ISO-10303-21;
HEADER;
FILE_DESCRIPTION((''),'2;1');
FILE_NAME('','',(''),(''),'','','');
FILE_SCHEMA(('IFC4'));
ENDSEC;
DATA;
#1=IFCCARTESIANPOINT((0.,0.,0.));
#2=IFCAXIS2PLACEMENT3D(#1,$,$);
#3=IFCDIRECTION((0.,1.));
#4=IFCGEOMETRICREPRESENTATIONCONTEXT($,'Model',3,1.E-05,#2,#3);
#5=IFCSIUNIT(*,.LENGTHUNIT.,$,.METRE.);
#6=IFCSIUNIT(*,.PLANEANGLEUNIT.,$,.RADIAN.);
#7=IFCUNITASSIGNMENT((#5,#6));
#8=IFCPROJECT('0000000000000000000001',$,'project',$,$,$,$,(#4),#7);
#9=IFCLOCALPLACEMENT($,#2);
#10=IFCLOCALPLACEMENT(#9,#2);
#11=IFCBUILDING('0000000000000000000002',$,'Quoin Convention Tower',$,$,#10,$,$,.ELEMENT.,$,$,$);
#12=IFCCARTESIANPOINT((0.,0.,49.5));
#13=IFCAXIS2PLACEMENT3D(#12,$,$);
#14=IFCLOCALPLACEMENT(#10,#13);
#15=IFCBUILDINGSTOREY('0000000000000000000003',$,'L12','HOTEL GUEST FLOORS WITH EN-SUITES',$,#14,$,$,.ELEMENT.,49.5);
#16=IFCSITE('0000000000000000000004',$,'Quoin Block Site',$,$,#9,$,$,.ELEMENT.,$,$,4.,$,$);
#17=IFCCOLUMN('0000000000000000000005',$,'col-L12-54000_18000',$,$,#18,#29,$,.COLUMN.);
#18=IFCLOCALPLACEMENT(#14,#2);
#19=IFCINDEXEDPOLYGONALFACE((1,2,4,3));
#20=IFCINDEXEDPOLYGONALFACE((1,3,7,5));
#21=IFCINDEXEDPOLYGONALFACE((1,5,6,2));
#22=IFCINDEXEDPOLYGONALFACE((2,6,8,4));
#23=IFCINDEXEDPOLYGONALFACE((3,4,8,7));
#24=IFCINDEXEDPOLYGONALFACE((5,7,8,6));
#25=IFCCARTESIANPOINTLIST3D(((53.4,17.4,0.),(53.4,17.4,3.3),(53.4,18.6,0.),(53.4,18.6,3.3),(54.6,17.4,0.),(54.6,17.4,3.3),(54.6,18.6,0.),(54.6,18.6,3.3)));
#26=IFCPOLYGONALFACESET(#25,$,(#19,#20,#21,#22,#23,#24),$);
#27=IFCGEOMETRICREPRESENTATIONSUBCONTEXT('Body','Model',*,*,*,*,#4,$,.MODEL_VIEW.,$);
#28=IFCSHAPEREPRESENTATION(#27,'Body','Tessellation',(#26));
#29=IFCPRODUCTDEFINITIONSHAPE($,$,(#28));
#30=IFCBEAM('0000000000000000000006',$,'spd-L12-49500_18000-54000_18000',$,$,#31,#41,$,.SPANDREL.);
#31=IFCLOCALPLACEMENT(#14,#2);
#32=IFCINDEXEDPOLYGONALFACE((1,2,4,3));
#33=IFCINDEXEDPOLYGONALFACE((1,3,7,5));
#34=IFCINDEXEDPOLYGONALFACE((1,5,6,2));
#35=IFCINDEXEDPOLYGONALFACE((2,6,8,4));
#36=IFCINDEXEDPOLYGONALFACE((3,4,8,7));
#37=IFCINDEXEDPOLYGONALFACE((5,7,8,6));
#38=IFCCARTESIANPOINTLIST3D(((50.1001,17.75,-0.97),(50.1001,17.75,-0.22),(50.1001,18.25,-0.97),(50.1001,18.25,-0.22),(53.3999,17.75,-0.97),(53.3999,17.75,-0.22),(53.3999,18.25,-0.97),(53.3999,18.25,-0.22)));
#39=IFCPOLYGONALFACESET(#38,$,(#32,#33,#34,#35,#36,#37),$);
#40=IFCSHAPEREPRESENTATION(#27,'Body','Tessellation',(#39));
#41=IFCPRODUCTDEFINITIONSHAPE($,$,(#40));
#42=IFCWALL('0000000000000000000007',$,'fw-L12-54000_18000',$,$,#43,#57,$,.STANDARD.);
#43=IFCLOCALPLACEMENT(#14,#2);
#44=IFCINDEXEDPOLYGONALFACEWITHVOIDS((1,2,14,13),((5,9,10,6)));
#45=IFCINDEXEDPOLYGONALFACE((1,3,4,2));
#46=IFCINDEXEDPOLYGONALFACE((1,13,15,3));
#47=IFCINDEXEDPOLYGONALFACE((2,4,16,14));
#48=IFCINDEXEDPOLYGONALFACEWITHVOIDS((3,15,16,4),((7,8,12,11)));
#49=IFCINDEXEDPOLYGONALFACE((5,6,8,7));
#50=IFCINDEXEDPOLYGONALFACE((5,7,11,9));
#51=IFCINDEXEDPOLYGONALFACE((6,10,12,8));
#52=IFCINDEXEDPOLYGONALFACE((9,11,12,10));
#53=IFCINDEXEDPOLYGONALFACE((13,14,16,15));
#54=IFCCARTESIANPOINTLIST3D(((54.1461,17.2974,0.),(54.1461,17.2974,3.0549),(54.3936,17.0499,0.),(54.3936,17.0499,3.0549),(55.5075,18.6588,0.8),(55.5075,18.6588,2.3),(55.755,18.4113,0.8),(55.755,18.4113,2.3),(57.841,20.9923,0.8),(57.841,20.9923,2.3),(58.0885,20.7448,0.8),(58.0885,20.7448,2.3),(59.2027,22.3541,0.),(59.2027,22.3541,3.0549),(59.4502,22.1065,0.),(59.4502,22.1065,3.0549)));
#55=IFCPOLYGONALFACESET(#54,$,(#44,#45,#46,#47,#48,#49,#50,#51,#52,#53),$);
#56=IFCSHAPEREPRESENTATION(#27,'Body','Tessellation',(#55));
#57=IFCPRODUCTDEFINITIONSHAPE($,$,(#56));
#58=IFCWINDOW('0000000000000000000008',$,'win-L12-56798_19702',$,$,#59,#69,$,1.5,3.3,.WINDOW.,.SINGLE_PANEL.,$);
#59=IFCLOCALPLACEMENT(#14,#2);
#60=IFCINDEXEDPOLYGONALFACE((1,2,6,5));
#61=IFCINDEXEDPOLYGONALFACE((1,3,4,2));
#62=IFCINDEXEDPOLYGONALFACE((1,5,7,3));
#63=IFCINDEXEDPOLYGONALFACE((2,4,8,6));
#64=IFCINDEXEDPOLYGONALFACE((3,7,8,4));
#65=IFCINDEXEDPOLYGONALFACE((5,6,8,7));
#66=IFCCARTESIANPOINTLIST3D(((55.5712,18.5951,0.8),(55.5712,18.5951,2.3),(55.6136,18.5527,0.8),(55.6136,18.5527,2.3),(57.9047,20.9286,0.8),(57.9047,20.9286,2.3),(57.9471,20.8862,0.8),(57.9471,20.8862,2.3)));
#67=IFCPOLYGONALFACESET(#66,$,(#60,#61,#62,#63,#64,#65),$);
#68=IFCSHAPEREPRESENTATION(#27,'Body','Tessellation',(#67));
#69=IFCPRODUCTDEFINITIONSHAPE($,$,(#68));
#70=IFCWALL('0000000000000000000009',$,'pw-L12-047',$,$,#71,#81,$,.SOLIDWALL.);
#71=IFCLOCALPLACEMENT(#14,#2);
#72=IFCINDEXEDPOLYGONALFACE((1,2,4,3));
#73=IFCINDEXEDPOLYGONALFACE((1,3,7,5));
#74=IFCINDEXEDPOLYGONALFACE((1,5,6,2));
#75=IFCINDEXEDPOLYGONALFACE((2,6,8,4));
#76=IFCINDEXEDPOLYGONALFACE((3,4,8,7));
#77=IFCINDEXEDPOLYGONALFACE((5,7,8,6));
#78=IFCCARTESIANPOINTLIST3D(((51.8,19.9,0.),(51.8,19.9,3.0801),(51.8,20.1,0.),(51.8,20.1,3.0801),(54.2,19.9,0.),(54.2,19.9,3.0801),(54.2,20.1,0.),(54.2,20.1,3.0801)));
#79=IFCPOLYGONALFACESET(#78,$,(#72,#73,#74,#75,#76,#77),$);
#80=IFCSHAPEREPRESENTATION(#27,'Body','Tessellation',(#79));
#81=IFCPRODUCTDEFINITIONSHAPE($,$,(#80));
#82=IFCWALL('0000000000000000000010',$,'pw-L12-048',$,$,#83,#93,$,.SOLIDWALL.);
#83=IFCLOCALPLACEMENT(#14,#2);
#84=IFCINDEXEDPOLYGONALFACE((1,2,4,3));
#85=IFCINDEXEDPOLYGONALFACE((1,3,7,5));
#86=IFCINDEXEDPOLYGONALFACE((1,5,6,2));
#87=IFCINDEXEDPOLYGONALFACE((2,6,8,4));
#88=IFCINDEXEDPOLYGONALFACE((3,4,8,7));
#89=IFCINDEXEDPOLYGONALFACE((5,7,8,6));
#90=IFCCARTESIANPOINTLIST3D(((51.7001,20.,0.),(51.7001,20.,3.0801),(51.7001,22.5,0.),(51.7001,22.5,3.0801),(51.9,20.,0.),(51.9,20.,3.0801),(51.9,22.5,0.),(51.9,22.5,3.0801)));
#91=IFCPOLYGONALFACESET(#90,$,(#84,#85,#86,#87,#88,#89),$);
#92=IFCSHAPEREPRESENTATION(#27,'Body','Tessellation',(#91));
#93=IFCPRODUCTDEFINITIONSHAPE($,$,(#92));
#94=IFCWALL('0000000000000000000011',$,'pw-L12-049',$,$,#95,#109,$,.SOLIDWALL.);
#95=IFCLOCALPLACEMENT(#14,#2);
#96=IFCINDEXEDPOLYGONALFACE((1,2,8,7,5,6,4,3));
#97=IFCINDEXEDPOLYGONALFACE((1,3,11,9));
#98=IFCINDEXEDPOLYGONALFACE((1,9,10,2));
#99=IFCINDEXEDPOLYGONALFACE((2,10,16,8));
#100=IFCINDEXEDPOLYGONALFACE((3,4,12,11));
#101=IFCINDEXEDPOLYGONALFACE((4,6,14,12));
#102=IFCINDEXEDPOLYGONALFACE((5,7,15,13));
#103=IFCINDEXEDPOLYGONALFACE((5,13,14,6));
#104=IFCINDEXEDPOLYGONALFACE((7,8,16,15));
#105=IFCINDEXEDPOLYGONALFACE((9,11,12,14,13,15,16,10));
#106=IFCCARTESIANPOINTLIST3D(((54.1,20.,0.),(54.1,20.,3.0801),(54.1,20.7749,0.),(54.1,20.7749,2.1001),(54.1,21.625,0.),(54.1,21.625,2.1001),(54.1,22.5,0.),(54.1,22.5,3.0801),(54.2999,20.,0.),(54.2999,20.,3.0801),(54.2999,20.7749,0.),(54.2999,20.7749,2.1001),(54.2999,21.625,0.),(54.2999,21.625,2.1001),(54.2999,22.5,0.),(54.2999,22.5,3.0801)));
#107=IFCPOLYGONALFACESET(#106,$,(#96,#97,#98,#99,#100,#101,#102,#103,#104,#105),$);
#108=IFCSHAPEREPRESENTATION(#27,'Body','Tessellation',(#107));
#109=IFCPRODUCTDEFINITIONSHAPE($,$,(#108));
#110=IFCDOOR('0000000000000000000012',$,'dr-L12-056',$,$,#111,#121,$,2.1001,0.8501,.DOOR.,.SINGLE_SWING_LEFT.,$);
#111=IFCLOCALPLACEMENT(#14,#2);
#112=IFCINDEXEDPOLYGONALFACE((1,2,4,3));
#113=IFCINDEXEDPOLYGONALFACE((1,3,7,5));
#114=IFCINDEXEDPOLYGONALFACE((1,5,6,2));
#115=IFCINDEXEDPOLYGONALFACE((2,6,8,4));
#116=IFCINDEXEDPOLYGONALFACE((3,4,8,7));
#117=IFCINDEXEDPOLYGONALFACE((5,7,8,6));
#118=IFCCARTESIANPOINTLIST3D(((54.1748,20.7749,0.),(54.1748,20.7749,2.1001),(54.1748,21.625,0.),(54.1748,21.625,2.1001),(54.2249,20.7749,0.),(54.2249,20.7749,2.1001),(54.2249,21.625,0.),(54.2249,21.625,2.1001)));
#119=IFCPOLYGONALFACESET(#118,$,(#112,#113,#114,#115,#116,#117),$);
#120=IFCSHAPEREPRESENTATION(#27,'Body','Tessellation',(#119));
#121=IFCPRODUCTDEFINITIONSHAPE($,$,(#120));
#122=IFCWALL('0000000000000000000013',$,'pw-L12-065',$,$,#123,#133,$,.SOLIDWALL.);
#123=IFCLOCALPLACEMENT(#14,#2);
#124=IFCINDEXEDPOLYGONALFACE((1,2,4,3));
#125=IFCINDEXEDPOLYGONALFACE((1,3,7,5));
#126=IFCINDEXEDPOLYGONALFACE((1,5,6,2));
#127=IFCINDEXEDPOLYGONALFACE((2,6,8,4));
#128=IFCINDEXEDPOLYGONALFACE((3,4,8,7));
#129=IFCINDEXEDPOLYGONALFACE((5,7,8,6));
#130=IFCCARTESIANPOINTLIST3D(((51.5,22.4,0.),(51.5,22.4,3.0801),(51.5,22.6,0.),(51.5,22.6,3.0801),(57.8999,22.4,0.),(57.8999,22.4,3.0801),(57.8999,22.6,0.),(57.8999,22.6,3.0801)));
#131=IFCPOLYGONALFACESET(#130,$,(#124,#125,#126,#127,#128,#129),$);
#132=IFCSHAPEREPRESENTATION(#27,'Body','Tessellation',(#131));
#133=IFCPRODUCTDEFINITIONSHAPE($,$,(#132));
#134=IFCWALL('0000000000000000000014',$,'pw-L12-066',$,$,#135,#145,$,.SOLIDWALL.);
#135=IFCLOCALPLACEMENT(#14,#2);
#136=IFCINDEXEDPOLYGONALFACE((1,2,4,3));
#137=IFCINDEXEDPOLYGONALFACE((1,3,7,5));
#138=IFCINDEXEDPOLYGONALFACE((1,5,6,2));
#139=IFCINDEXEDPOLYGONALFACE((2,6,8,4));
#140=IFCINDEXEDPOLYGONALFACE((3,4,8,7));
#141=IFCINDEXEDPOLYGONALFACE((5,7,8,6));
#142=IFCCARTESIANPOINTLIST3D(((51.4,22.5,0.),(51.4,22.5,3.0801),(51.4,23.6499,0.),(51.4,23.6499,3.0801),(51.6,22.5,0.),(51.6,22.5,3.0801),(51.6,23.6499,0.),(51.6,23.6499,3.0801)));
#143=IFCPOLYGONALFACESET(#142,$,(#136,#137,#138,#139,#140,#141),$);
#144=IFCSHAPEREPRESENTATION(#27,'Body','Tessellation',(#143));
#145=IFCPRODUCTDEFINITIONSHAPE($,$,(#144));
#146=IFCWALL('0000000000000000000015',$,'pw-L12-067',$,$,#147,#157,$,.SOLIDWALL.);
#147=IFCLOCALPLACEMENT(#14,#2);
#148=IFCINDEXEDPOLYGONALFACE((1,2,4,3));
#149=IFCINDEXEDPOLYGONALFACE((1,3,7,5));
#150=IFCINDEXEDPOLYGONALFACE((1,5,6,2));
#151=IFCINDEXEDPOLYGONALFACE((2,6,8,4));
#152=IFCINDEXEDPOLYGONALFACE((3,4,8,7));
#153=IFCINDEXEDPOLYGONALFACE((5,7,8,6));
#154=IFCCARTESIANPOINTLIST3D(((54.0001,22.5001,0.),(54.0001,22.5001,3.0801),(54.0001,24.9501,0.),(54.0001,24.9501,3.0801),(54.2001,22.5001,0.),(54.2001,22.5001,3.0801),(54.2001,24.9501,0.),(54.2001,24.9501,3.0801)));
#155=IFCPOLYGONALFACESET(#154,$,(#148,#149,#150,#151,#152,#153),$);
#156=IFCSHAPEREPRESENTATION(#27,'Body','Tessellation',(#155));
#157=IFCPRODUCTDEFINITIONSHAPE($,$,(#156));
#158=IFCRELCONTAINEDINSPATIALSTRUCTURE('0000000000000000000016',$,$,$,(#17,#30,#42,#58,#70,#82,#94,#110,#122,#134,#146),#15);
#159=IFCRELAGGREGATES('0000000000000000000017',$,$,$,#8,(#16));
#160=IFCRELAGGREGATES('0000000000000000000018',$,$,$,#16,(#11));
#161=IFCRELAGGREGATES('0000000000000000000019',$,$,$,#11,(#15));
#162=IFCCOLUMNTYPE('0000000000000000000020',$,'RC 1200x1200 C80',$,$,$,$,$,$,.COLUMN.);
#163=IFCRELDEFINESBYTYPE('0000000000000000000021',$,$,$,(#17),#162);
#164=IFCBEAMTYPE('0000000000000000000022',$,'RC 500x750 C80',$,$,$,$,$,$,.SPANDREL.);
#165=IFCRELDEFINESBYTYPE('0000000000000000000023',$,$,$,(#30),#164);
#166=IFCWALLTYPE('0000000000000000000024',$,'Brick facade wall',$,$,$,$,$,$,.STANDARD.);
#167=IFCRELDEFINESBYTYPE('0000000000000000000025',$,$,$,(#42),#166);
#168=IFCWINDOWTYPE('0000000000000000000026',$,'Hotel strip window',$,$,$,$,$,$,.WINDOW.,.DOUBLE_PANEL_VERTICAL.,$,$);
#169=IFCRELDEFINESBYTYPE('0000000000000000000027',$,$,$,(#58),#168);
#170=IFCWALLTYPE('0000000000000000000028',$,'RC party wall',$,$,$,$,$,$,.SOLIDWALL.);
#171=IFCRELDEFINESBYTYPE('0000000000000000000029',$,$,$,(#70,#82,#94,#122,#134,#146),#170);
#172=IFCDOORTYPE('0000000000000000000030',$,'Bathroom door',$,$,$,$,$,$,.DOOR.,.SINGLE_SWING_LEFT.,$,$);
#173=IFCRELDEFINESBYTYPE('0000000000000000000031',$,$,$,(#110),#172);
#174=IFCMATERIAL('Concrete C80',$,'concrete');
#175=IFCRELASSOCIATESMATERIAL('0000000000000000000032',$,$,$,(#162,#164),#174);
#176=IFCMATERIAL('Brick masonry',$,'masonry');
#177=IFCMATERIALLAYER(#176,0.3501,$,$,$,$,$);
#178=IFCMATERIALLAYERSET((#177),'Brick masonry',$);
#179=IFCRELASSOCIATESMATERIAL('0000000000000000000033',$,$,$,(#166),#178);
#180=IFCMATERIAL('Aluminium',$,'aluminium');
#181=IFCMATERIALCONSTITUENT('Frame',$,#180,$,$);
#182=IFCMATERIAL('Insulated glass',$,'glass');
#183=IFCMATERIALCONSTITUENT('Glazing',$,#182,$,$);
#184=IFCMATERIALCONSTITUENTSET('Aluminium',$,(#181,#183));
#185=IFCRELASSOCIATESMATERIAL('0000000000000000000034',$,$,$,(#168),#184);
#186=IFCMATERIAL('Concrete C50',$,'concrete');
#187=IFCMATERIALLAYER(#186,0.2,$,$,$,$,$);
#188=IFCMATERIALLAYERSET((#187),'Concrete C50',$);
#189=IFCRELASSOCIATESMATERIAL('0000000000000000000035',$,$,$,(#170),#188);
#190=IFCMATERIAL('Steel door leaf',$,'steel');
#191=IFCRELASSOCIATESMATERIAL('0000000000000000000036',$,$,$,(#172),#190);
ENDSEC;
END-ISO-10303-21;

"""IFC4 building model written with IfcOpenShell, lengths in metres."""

from ifc_helpers import new_model, si_unit, direction, frame, frame_2d, origin, origin_2d, place, context, subcontext, project, spatial, rectangle, extrude, material, layer, layer_set, constituent, constituent_set, material_profile, profile_set, type_object, element, fill, save


model = new_model("IFC4")

# Units and contexts
model_context = context("Model", 3, precision=1e-05, world=origin(), true_north=direction((0.0, 1.0)))
body_context = subcontext(model_context, "Body", "Model", "MODEL_VIEW")
ifc_project = project(units=[si_unit("LENGTHUNIT", "METRE"), si_unit("PLANEANGLEUNIT", "RADIAN")], contexts=[model_context])

# Site, building, storey
site_placement = place(None, origin())
site = spatial("IfcSite", under=ifc_project, at=site_placement, Name="Quoin Block Site", CompositionType="ELEMENT", RefElevation=4.0)
building_placement = place(site_placement, origin())
building = spatial("IfcBuilding", under=site, at=building_placement, Name="Quoin Convention Tower", CompositionType="ELEMENT")
storey_placement = place(building_placement, frame((0.0, 0.0, 49.5)))
storey = spatial("IfcBuildingStorey", under=building, at=storey_placement, Name="L12", Description="HOTEL GUEST FLOORS WITH EN-SUITES", CompositionType="ELEMENT", Elevation=49.5)

# Column
ifc_material_1 = material(Name="Concrete C80", Category="concrete")
ifc_material_profile_1 = material_profile(ifc_material_1, rectangle(XDim=1.2, YDim=1.2, at=origin_2d()), Name="RC 1200x1200")
ifc_profile_set_1 = profile_set([ifc_material_profile_1], Name="Concrete C80")
column_type = type_object("IfcColumnType", Name="RC 1200x1200 C80", PredefinedType="COLUMN", material=ifc_profile_set_1)
column_placement = place(storey_placement, frame((54.0, 18.0, 0.0), z_axis=(0.0, 0.0, 1.0), x_axis=(1.0, 0.0, 0.0)))
element("IfcColumn", 1, at=column_placement, inside=storey, type_object=column_type, Name="col-L12-54000_18000", PredefinedType="COLUMN", context=body_context, shape_type="SweptSolid", body=[
    extrude(rectangle(XDim=1.2, YDim=1.2, at=origin_2d()), origin(), (0.0, 0.0, 1.0), 3.3),
])

# Beam
ifc_material_profile_2 = material_profile(ifc_material_1, rectangle(XDim=0.5, YDim=0.75, at=origin_2d()), Name="RC 500x750")
ifc_profile_set_2 = profile_set([ifc_material_profile_2], Name="Concrete C80")
beam_type = type_object("IfcBeamType", Name="RC 500x750 C80", PredefinedType="SPANDREL", material=ifc_profile_set_2)
beam_placement = place(storey_placement, frame((50.1001, 18.0, -0.595), z_axis=(1.0, 0.0, 0.0), x_axis=(0.0, 1.0, 0.0)))
element("IfcBeam", 2, at=beam_placement, inside=storey, type_object=beam_type, Name="spd-L12-49500_18000-54000_18000", PredefinedType="SPANDREL", context=body_context, shape_type="SweptSolid", body=[
    extrude(rectangle(XDim=0.5, YDim=0.75, at=origin_2d()), origin(), (0.0, 0.0, 1.0), 3.2998),
])

# Wall, opening, window
ifc_material_2 = material(Name="Brick masonry", Category="masonry")
ifc_layer_1 = layer(ifc_material_2, 0.3501)
ifc_layer_set_1 = layer_set([ifc_layer_1], Name="Brick masonry")
wall_type_1 = type_object("IfcWallType", Name="Brick facade wall", PredefinedType="STANDARD", material=ifc_layer_set_1)
wall_1_placement = place(storey_placement, frame((54.2698, 17.1736, 0.0), z_axis=(0.0, 0.0, 1.0), x_axis=(0.707107, 0.707107, 0.0)))
wall_1 = element("IfcWall", 3, at=wall_1_placement, inside=storey, type_object=wall_type_1, Name="fw-L12-54000_18000", PredefinedType="STANDARD", context=body_context, shape_type="SweptSolid", body=[
    extrude(rectangle(XDim=7.1511, YDim=0.3501, at=frame_2d((3.5757, 0.0))), origin(), (0.0, 0.0, 1.0), 3.0549),
])
opening_1_placement = place(wall_1_placement, frame((1.9255, 0.0, 0.8)))
opening_1 = element("IfcOpeningElement", 4, at=opening_1_placement, cuts=wall_1, PredefinedType="OPENING", context=body_context, shape_type="SweptSolid", body=[
    extrude(rectangle(XDim=3.3, YDim=1.5, at=frame_2d((1.6499, 0.75))), frame((0.0, 0.1851, 0.0), z_axis=(0.0, -1.0, 0.0), x_axis=(1.0, 0.0, 0.0)), (0.0, 0.0, 1.0), 0.3701),
])
ifc_material_3 = material(Name="Aluminium", Category="aluminium")
ifc_constituent_1 = constituent(ifc_material_3, Name="Frame")
ifc_material_4 = material(Name="Insulated glass", Category="glass")
ifc_constituent_2 = constituent(ifc_material_4, Name="Glazing")
ifc_constituent_set = constituent_set(constituents=[ifc_constituent_1, ifc_constituent_2], Name="Aluminium")
window_type = type_object("IfcWindowType", Name="Hotel strip window", PartitioningType="DOUBLE_PANEL_VERTICAL", PredefinedType="WINDOW", material=ifc_constituent_set)
window_placement = place(opening_1_placement, origin())
window = element("IfcWindow", 5, at=window_placement, inside=storey, type_object=window_type, Name="win-L12-56798_19702", OverallHeight=1.5, OverallWidth=3.3, PartitioningType="SINGLE_PANEL", PredefinedType="WINDOW", context=body_context, shape_type="SweptSolid", body=[
    extrude(rectangle(XDim=3.3, YDim=1.5, at=frame_2d((1.6499, 0.75))), frame((0.0, 0.085, 0.0), z_axis=(0.0, -1.0, 0.0), x_axis=(1.0, 0.0, 0.0)), (0.0, 0.0, 1.0), 0.0601),
])
fill(opening_1, window)

# Walls
ifc_material_5 = material(Name="Concrete C50", Category="concrete")
ifc_layer_2 = layer(ifc_material_5, 0.2)
ifc_layer_set_2 = layer_set([ifc_layer_2], Name="Concrete C50")
wall_type_2 = type_object("IfcWallType", Name="RC party wall", PredefinedType="SOLIDWALL", material=ifc_layer_set_2)
wall_2_placement = place(storey_placement, frame((51.8, 20.0, 0.0), z_axis=(0.0, 0.0, 1.0), x_axis=(1.0, 0.0, 0.0)))
element("IfcWall", 6, at=wall_2_placement, inside=storey, type_object=wall_type_2, Name="pw-L12-047", PredefinedType="SOLIDWALL", context=body_context, shape_type="SweptSolid", body=[
    extrude(rectangle(XDim=2.3999, YDim=0.2, at=frame_2d((1.2, 0.0))), origin(), (0.0, 0.0, 1.0), 3.0801),
])
wall_3_placement = place(storey_placement, frame((51.8, 20.0, 0.0), z_axis=(0.0, 0.0, 1.0), x_axis=(0.0, 1.0, 0.0)))
element("IfcWall", 7, at=wall_3_placement, inside=storey, type_object=wall_type_2, Name="pw-L12-048", PredefinedType="SOLIDWALL", context=body_context, shape_type="SweptSolid", body=[
    extrude(rectangle(XDim=2.5, YDim=0.2, at=frame_2d((1.25, 0.0))), origin(), (0.0, 0.0, 1.0), 3.0801),
])

# Wall, opening, door
wall_4_placement = place(storey_placement, frame((54.2, 20.0, 0.0), z_axis=(0.0, 0.0, 1.0), x_axis=(0.0, 1.0, 0.0)))
wall_4 = element("IfcWall", 8, at=wall_4_placement, inside=storey, type_object=wall_type_2, Name="pw-L12-049", PredefinedType="SOLIDWALL", context=body_context, shape_type="SweptSolid", body=[
    extrude(rectangle(XDim=2.5, YDim=0.2, at=frame_2d((1.25, 0.0))), origin(), (0.0, 0.0, 1.0), 3.0801),
])
opening_2_placement = place(wall_4_placement, frame((0.7749, 0.0, 0.0)))
opening_2 = element("IfcOpeningElement", 9, at=opening_2_placement, cuts=wall_4, PredefinedType="OPENING", context=body_context, shape_type="SweptSolid", body=[
    extrude(rectangle(XDim=0.8501, YDim=2.1001, at=frame_2d((0.425, 1.05))), frame((0.0, 0.1099, 0.0), z_axis=(0.0, -1.0, 0.0), x_axis=(1.0, 0.0, 0.0)), (0.0, 0.0, 1.0), 0.22),
])
ifc_material_6 = material(Name="Steel door leaf", Category="steel")
door_type_1 = type_object("IfcDoorType", Name="Bathroom door", OperationType="SINGLE_SWING_LEFT", PredefinedType="DOOR", material=ifc_material_6)
door_1_placement = place(opening_2_placement, frame((0.8501, 0.0, 0.0), z_axis=(0.0, 0.0, 1.0), x_axis=(-1.0, 0.0, 0.0)))
door_1 = element("IfcDoor", 10, at=door_1_placement, inside=storey, type_object=door_type_1, Name="dr-L12-056", OperationType="SINGLE_SWING_LEFT", OverallHeight=2.1001, OverallWidth=0.8501, PredefinedType="DOOR", context=body_context, shape_type="SweptSolid", body=[
    extrude(rectangle(XDim=0.8501, YDim=2.1001, at=frame_2d((0.425, 1.05))), frame((0.0, 0.0249, 0.0), z_axis=(0.0, -1.0, 0.0), x_axis=(1.0, 0.0, 0.0)), (0.0, 0.0, 1.0), 0.05),
])
fill(opening_2, door_1)

# Walls
wall_5_placement = place(storey_placement, frame((51.5, 22.5, 0.0), z_axis=(0.0, 0.0, 1.0), x_axis=(1.0, 0.0, 0.0)))
element("IfcWall", 11, at=wall_5_placement, inside=storey, type_object=wall_type_2, Name="pw-L12-065", PredefinedType="SOLIDWALL", context=body_context, shape_type="SweptSolid", body=[
    extrude(rectangle(XDim=6.3999, YDim=0.2, at=frame_2d((3.2, 0.0))), origin(), (0.0, 0.0, 1.0), 3.0801),
])
wall_6_placement = place(storey_placement, frame((51.5, 22.5, 0.0), z_axis=(0.0, 0.0, 1.0), x_axis=(0.0, 1.0, 0.0)))
element("IfcWall", 12, at=wall_6_placement, inside=storey, type_object=wall_type_2, Name="pw-L12-066", PredefinedType="SOLIDWALL", context=body_context, shape_type="SweptSolid", body=[
    extrude(rectangle(XDim=1.1499, YDim=0.2, at=frame_2d((0.575, 0.0))), origin(), (0.0, 0.0, 1.0), 3.0801),
])
wall_7_placement = place(storey_placement, frame((54.1001, 22.5, 0.0), z_axis=(0.0, 0.0, 1.0), x_axis=(0.0, 1.0, 0.0)))
element("IfcWall", 13, at=wall_7_placement, inside=storey, type_object=wall_type_2, Name="pw-L12-067", PredefinedType="SOLIDWALL", context=body_context, shape_type="SweptSolid", body=[
    extrude(rectangle(XDim=2.45, YDim=0.2, at=frame_2d((1.2251, 0.0))), origin(), (0.0, 0.0, 1.0), 3.0801),
])

save(model, "model.ifc")
